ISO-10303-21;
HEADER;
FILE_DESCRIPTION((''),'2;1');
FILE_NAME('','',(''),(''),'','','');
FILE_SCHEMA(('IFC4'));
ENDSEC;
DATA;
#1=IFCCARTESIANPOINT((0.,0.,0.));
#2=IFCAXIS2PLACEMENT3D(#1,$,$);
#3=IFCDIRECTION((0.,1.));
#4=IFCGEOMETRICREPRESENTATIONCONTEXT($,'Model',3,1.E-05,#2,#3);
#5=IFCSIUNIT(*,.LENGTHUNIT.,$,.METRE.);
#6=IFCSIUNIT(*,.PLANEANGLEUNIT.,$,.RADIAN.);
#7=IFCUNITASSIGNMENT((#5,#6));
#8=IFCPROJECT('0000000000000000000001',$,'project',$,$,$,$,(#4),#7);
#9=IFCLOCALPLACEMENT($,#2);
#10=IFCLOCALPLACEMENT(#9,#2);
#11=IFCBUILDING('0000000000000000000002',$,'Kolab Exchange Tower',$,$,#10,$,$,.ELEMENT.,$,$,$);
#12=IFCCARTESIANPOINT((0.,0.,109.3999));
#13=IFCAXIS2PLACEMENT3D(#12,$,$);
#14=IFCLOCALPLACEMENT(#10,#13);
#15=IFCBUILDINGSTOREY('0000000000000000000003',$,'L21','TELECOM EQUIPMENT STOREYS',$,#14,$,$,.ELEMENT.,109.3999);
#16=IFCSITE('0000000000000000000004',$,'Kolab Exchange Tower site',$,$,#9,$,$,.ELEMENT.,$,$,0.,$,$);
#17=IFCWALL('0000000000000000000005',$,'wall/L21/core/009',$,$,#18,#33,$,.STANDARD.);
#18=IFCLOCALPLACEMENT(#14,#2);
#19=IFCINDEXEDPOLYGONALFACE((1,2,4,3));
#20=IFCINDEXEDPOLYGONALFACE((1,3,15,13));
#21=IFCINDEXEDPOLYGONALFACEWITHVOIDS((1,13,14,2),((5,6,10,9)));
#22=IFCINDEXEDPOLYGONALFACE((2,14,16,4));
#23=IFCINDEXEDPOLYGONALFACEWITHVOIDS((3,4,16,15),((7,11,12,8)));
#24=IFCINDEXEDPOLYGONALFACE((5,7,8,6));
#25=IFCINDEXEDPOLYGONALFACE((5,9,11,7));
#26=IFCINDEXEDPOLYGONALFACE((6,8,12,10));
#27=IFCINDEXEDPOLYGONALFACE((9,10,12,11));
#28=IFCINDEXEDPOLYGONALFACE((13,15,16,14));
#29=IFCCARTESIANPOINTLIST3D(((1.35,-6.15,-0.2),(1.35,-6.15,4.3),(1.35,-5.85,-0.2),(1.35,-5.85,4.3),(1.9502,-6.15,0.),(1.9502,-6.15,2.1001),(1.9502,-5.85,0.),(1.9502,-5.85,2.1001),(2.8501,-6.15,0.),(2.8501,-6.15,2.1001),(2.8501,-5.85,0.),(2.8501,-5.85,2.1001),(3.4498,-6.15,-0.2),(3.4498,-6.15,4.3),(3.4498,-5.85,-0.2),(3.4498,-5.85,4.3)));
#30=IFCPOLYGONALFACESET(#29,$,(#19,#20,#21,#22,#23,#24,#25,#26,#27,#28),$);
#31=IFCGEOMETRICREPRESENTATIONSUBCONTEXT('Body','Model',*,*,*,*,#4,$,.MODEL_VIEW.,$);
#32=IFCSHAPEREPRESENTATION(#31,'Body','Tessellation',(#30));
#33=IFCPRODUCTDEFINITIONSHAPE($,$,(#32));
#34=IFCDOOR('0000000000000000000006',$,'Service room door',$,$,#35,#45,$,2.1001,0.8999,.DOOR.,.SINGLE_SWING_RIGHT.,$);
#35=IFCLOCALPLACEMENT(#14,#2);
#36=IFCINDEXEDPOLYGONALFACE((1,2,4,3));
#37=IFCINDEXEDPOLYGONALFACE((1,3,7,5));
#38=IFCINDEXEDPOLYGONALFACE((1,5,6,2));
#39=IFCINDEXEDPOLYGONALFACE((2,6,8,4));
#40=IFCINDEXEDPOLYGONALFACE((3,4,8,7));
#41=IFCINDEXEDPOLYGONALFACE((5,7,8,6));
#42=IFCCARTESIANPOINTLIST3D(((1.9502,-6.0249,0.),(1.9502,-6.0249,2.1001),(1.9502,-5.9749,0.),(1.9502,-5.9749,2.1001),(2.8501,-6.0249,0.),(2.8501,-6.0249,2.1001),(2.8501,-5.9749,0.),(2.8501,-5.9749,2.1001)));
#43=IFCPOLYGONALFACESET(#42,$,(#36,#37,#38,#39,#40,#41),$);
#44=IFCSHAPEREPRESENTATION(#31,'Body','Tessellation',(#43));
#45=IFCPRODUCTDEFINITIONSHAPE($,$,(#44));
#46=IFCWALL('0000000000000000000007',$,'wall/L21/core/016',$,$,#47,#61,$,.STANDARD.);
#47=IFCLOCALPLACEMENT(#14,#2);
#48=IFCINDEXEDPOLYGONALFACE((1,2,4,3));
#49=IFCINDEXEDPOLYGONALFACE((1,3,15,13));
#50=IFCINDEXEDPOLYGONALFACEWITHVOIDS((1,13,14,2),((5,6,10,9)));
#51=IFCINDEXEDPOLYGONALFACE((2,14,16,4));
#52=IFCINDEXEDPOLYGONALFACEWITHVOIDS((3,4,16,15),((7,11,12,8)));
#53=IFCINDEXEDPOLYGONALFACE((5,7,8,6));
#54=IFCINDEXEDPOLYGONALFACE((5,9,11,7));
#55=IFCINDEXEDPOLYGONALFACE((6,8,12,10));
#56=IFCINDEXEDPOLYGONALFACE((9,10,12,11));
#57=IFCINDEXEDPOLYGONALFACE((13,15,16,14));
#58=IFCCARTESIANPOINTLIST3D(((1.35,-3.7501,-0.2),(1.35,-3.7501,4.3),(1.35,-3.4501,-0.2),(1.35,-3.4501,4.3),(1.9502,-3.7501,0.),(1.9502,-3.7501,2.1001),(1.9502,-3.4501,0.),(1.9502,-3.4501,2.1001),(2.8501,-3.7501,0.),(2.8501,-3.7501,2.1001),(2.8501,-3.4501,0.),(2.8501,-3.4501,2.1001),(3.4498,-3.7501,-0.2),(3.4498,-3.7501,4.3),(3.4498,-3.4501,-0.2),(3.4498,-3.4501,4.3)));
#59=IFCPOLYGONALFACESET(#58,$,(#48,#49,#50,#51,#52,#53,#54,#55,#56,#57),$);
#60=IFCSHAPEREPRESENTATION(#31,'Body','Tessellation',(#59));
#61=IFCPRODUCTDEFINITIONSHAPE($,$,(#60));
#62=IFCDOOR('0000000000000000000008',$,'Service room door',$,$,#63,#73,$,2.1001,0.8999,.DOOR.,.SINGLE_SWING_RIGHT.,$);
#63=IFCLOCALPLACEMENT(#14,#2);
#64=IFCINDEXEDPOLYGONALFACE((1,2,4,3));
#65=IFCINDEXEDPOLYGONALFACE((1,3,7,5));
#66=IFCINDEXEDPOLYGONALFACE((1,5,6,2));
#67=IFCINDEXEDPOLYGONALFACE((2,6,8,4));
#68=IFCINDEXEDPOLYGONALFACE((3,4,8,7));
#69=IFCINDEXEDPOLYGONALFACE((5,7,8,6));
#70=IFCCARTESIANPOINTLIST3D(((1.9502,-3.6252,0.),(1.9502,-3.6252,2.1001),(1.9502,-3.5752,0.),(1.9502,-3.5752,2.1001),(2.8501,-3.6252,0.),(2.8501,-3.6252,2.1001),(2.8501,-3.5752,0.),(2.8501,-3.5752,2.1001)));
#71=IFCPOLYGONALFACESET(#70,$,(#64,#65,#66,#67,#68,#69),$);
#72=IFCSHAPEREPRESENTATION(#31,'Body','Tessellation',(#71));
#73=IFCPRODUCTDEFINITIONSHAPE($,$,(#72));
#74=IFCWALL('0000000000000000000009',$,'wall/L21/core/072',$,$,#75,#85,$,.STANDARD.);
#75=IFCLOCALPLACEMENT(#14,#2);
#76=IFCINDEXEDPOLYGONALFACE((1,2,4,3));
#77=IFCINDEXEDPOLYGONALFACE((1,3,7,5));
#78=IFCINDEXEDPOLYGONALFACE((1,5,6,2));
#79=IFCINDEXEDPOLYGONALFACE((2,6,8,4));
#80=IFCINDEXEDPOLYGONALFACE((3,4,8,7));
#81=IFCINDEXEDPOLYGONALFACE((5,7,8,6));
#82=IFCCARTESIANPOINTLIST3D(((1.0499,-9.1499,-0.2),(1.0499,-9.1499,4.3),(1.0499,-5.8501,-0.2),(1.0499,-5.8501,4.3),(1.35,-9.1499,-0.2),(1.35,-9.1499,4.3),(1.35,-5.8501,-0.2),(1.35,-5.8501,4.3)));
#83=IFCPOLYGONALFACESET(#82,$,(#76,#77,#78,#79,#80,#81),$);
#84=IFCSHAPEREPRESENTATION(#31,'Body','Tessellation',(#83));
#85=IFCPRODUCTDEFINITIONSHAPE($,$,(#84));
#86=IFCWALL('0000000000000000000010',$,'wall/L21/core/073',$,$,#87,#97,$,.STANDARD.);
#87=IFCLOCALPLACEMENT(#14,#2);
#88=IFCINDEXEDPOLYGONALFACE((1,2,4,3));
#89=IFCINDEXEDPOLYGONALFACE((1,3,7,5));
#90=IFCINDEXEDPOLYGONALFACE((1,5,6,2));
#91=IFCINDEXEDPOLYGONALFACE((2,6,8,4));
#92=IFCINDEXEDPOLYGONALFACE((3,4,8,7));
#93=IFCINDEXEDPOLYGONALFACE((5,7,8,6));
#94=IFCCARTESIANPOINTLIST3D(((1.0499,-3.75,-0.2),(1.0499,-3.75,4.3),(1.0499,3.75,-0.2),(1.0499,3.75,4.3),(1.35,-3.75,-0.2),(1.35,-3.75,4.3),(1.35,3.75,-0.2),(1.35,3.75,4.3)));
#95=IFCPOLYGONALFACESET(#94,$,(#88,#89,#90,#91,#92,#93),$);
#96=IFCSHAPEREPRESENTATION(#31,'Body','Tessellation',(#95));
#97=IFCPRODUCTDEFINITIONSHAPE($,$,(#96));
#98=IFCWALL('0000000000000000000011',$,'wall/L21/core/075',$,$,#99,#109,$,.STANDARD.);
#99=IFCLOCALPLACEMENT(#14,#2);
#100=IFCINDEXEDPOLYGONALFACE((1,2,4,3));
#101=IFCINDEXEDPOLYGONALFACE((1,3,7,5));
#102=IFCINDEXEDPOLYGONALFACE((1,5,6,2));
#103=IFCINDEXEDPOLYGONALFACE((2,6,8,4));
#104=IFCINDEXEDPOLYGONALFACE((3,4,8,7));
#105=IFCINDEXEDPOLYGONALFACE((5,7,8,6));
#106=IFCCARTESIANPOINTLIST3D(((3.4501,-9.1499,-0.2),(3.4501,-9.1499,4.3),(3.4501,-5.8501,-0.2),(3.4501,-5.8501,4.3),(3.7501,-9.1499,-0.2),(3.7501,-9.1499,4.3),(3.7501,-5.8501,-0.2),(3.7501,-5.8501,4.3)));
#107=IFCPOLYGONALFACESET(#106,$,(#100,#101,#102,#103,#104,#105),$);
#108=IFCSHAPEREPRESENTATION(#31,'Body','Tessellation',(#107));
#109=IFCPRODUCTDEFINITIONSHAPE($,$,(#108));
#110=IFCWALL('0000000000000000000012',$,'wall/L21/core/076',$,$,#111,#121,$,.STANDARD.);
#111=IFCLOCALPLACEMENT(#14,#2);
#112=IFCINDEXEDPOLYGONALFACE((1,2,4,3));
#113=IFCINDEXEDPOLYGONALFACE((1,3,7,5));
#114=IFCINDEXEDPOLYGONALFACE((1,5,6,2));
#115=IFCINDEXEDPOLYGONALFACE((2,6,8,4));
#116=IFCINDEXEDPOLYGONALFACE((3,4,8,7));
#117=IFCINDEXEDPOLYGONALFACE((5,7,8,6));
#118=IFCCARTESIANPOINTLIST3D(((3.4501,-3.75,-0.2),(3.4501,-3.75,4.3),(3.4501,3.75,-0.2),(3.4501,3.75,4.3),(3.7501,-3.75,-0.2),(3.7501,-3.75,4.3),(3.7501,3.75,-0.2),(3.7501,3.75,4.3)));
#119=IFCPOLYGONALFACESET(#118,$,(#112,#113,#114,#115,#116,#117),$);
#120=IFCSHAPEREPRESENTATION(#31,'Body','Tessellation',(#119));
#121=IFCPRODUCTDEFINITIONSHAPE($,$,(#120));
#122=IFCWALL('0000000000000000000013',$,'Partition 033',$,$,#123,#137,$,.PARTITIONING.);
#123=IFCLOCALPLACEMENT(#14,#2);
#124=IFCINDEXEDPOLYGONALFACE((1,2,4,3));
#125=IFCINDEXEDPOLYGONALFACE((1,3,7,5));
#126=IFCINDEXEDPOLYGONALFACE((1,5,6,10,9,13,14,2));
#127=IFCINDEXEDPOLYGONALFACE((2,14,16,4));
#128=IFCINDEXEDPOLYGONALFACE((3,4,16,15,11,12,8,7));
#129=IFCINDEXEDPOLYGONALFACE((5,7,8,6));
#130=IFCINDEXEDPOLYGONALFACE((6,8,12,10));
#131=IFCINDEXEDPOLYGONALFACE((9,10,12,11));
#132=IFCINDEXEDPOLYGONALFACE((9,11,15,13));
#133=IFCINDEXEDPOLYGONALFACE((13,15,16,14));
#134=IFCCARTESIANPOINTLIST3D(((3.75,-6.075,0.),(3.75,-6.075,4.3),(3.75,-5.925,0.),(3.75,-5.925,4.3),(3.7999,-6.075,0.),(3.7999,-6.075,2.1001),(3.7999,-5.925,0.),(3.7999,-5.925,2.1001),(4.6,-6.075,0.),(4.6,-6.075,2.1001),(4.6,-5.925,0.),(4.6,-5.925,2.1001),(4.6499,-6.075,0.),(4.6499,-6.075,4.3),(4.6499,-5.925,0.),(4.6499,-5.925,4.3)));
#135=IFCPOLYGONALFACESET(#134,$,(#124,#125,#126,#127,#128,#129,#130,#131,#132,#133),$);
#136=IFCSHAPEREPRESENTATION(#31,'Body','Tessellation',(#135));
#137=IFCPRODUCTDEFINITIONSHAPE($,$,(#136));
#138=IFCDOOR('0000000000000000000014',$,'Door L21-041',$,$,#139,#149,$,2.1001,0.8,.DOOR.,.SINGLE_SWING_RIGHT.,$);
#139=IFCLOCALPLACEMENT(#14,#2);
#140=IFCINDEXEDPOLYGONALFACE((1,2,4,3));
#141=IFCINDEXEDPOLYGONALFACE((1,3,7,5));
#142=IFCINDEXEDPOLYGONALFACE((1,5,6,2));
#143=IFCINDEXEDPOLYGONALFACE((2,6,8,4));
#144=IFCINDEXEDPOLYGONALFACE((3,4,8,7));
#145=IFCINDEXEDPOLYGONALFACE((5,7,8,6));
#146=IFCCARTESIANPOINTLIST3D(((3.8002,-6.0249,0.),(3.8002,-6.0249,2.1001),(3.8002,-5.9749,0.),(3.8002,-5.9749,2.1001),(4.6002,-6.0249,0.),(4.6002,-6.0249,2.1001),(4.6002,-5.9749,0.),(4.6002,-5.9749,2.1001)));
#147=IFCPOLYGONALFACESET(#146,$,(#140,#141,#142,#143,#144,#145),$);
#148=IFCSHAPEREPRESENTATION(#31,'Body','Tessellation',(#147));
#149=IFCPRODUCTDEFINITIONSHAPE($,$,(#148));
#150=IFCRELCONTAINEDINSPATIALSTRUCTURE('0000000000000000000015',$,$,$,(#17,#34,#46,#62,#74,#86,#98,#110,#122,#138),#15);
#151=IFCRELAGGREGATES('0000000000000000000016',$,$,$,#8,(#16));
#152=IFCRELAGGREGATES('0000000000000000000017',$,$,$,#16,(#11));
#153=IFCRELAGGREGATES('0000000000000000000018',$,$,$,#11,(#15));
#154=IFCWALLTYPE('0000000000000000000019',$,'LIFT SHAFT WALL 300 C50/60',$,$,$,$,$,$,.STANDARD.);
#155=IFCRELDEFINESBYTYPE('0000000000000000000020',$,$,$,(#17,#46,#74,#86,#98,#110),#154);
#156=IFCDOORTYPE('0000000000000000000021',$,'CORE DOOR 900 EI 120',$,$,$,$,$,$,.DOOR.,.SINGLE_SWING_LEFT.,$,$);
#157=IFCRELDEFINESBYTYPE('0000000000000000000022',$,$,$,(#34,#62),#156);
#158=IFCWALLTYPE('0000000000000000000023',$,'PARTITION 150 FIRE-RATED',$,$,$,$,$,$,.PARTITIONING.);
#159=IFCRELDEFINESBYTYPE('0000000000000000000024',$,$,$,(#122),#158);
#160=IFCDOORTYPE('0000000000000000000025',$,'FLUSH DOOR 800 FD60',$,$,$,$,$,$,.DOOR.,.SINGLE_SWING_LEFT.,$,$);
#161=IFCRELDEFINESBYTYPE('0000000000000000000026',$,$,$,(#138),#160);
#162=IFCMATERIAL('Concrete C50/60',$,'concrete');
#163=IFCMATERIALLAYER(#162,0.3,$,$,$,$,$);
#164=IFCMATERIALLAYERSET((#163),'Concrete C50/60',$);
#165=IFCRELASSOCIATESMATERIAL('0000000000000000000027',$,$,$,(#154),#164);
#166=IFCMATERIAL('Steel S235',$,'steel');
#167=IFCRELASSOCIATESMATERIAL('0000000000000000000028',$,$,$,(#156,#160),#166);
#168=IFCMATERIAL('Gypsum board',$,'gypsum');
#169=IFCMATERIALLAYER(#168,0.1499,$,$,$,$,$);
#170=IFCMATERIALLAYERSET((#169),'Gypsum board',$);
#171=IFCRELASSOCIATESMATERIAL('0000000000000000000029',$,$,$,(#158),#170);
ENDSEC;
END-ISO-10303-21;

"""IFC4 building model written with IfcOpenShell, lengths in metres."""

from ifc_helpers import new_model, si_unit, direction, frame, frame_2d, origin, place, context, subcontext, project, spatial, rectangle, extrude, material, layer, layer_set, type_object, element, fill, save


model = new_model("IFC4")

# Units and contexts
model_context = context("Model", 3, precision=1e-05, world=origin(), true_north=direction((0.0, 1.0)))
body_context = subcontext(model_context, "Body", "Model", "MODEL_VIEW")
ifc_project = project(units=[si_unit("LENGTHUNIT", "METRE"), si_unit("PLANEANGLEUNIT", "RADIAN")], contexts=[model_context])

# Site, building, storey
site_placement = place(None, origin())
site = spatial("IfcSite", under=ifc_project, at=site_placement, Name="Kolab Exchange Tower site", CompositionType="ELEMENT", RefElevation=0.0)
building_placement = place(site_placement, origin())
building = spatial("IfcBuilding", under=site, at=building_placement, Name="Kolab Exchange Tower", CompositionType="ELEMENT")
storey_placement = place(building_placement, frame((0.0, 0.0, 109.3999)))
storey = spatial("IfcBuildingStorey", under=building, at=storey_placement, Name="L21", Description="TELECOM EQUIPMENT STOREYS", CompositionType="ELEMENT", Elevation=109.3999)

# Walls, openings, doors
ifc_material_1 = material(Name="Concrete C50/60", Category="concrete")
ifc_layer_1 = layer(ifc_material_1, 0.3)
ifc_layer_set_1 = layer_set([ifc_layer_1], Name="Concrete C50/60")
wall_type_1 = type_object("IfcWallType", Name="LIFT SHAFT WALL 300 C50/60", PredefinedType="STANDARD", material=ifc_layer_set_1)
wall_1_placement = place(storey_placement, frame((1.3501, -6.0, -0.2), z_axis=(0.0, 0.0, 1.0), x_axis=(1.0, 0.0, 0.0)))
wall_1 = element("IfcWall", 1, at=wall_1_placement, inside=storey, type_object=wall_type_1, Name="wall/L21/core/009", PredefinedType="STANDARD", context=body_context, shape_type="SweptSolid", body=[
    extrude(rectangle(XDim=2.0999, YDim=0.3, at=frame_2d((1.0498, 0.0))), origin(), (0.0, 0.0, 1.0), 4.5),
])
opening_1_placement = place(wall_1_placement, frame((0.6001, 0.0, 0.2)))
opening_1 = element("IfcOpeningElement", 2, at=opening_1_placement, cuts=wall_1, PredefinedType="OPENING", context=body_context, shape_type="SweptSolid", body=[
    extrude(rectangle(XDim=0.8999, YDim=2.1001, at=frame_2d((0.45, 1.05))), frame((0.0, 0.1602, 0.0), z_axis=(0.0, -1.0, 0.0), x_axis=(1.0, 0.0, 0.0)), (0.0, 0.0, 1.0), 0.3201),
])
ifc_material_2 = material(Name="Steel S235", Category="steel")
door_type_1 = type_object("IfcDoorType", Name="CORE DOOR 900 EI 120", OperationType="SINGLE_SWING_LEFT", PredefinedType="DOOR", material=ifc_material_2)
door_1_placement = place(opening_1_placement, frame((0.8999, 0.0, 0.0), z_axis=(0.0, 0.0, 1.0), x_axis=(-1.0, 0.0, 0.0)))
door_1 = element("IfcDoor", 3, at=door_1_placement, inside=storey, type_object=door_type_1, Name="Service room door", OperationType="SINGLE_SWING_RIGHT", OverallHeight=2.1001, OverallWidth=0.8999, PredefinedType="DOOR", context=body_context, shape_type="SweptSolid", body=[
    extrude(rectangle(XDim=0.8999, YDim=2.1001, at=frame_2d((0.45, 1.05))), frame((0.0, 0.0249, 0.0), z_axis=(0.0, -1.0, 0.0), x_axis=(1.0, 0.0, 0.0)), (0.0, 0.0, 1.0), 0.05),
])
fill(opening_1, door_1)
wall_2_placement = place(storey_placement, frame((1.3501, -3.6001, -0.2), z_axis=(0.0, 0.0, 1.0), x_axis=(1.0, 0.0, 0.0)))
wall_2 = element("IfcWall", 4, at=wall_2_placement, inside=storey, type_object=wall_type_1, Name="wall/L21/core/016", PredefinedType="STANDARD", context=body_context, shape_type="SweptSolid", body=[
    extrude(rectangle(XDim=2.0999, YDim=0.3, at=frame_2d((1.0498, 0.0))), origin(), (0.0, 0.0, 1.0), 4.5),
])
opening_2_placement = place(wall_2_placement, frame((0.6001, 0.0, 0.2)))
opening_2 = element("IfcOpeningElement", 5, at=opening_2_placement, cuts=wall_2, PredefinedType="OPENING", context=body_context, shape_type="SweptSolid", body=[
    extrude(rectangle(XDim=0.8999, YDim=2.1001, at=frame_2d((0.45, 1.05))), frame((0.0, 0.1602, 0.0), z_axis=(0.0, -1.0, 0.0), x_axis=(1.0, 0.0, 0.0)), (0.0, 0.0, 1.0), 0.3201),
])
door_2_placement = place(opening_2_placement, origin())
door_2 = element("IfcDoor", 6, at=door_2_placement, inside=storey, type_object=door_type_1, Name="Service room door", OperationType="SINGLE_SWING_RIGHT", OverallHeight=2.1001, OverallWidth=0.8999, PredefinedType="DOOR", context=body_context, shape_type="SweptSolid", body=[
    extrude(rectangle(XDim=0.8999, YDim=2.1001, at=frame_2d((0.45, 1.05))), frame((0.0, 0.0249, 0.0), z_axis=(0.0, -1.0, 0.0), x_axis=(1.0, 0.0, 0.0)), (0.0, 0.0, 1.0), 0.05),
])
fill(opening_2, door_2)

# Walls
wall_3_placement = place(storey_placement, frame((1.2, -9.1499, -0.2), z_axis=(0.0, 0.0, 1.0), x_axis=(0.0, 1.0, 0.0)))
element("IfcWall", 7, at=wall_3_placement, inside=storey, type_object=wall_type_1, Name="wall/L21/core/072", PredefinedType="STANDARD", context=body_context, shape_type="SweptSolid", body=[
    extrude(rectangle(XDim=3.2998, YDim=0.3, at=frame_2d((1.6499, 0.0))), origin(), (0.0, 0.0, 1.0), 4.5),
])
wall_4_placement = place(storey_placement, frame((1.2, -3.75, -0.2), z_axis=(0.0, 0.0, 1.0), x_axis=(0.0, 1.0, 0.0)))
element("IfcWall", 8, at=wall_4_placement, inside=storey, type_object=wall_type_1, Name="wall/L21/core/073", PredefinedType="STANDARD", context=body_context, shape_type="SweptSolid", body=[
    extrude(rectangle(XDim=7.5, YDim=0.3, at=frame_2d((3.75, 0.0))), origin(), (0.0, 0.0, 1.0), 4.5),
])
wall_5_placement = place(storey_placement, frame((3.6001, -9.1499, -0.2), z_axis=(0.0, 0.0, 1.0), x_axis=(0.0, 1.0, 0.0)))
element("IfcWall", 9, at=wall_5_placement, inside=storey, type_object=wall_type_1, Name="wall/L21/core/075", PredefinedType="STANDARD", context=body_context, shape_type="SweptSolid", body=[
    extrude(rectangle(XDim=3.2998, YDim=0.3, at=frame_2d((1.6499, 0.0))), origin(), (0.0, 0.0, 1.0), 4.5),
])
wall_6_placement = place(storey_placement, frame((3.6001, -3.75, -0.2), z_axis=(0.0, 0.0, 1.0), x_axis=(0.0, 1.0, 0.0)))
element("IfcWall", 10, at=wall_6_placement, inside=storey, type_object=wall_type_1, Name="wall/L21/core/076", PredefinedType="STANDARD", context=body_context, shape_type="SweptSolid", body=[
    extrude(rectangle(XDim=7.5, YDim=0.3, at=frame_2d((3.75, 0.0))), origin(), (0.0, 0.0, 1.0), 4.5),
])

# Wall, opening, door
ifc_material_3 = material(Name="Gypsum board", Category="gypsum")
ifc_layer_2 = layer(ifc_material_3, 0.1499)
ifc_layer_set_2 = layer_set([ifc_layer_2], Name="Gypsum board")
wall_type_2 = type_object("IfcWallType", Name="PARTITION 150 FIRE-RATED", PredefinedType="PARTITIONING", material=ifc_layer_set_2)
wall_7_placement = place(storey_placement, frame((3.75, -6.0, 0.0), z_axis=(0.0, 0.0, 1.0), x_axis=(1.0, 0.0, 0.0)))
wall_7 = element("IfcWall", 11, at=wall_7_placement, inside=storey, type_object=wall_type_2, Name="Partition 033", PredefinedType="PARTITIONING", context=body_context, shape_type="SweptSolid", body=[
    extrude(rectangle(XDim=0.8999, YDim=0.1499, at=frame_2d((0.45, 0.0))), origin(), (0.0, 0.0, 1.0), 4.3),
])
opening_3_placement = place(wall_7_placement, frame((0.05, 0.0, 0.0)))
opening_3 = element("IfcOpeningElement", 12, at=opening_3_placement, cuts=wall_7, PredefinedType="OPENING", context=body_context, shape_type="SweptSolid", body=[
    extrude(rectangle(XDim=0.8, YDim=2.1001, at=frame_2d((0.3999, 1.05))), frame((0.0, 0.085, 0.0), z_axis=(0.0, -1.0, 0.0), x_axis=(1.0, 0.0, 0.0)), (0.0, 0.0, 1.0), 0.1699),
])
door_type_2 = type_object("IfcDoorType", Name="FLUSH DOOR 800 FD60", OperationType="SINGLE_SWING_LEFT", PredefinedType="DOOR", material=ifc_material_2)
door_3_placement = place(opening_3_placement, frame((0.8, 0.0, 0.0), z_axis=(0.0, 0.0, 1.0), x_axis=(-1.0, 0.0, 0.0)))
door_3 = element("IfcDoor", 13, at=door_3_placement, inside=storey, type_object=door_type_2, Name="Door L21-041", OperationType="SINGLE_SWING_RIGHT", OverallHeight=2.1001, OverallWidth=0.8, PredefinedType="DOOR", context=body_context, shape_type="SweptSolid", body=[
    extrude(rectangle(XDim=0.8, YDim=2.1001, at=frame_2d((0.3999, 1.05))), frame((0.0, 0.0249, 0.0), z_axis=(0.0, -1.0, 0.0), x_axis=(1.0, 0.0, 0.0)), (0.0, 0.0, 1.0), 0.05),
])
fill(opening_3, door_3)

save(model, "model.ifc")
